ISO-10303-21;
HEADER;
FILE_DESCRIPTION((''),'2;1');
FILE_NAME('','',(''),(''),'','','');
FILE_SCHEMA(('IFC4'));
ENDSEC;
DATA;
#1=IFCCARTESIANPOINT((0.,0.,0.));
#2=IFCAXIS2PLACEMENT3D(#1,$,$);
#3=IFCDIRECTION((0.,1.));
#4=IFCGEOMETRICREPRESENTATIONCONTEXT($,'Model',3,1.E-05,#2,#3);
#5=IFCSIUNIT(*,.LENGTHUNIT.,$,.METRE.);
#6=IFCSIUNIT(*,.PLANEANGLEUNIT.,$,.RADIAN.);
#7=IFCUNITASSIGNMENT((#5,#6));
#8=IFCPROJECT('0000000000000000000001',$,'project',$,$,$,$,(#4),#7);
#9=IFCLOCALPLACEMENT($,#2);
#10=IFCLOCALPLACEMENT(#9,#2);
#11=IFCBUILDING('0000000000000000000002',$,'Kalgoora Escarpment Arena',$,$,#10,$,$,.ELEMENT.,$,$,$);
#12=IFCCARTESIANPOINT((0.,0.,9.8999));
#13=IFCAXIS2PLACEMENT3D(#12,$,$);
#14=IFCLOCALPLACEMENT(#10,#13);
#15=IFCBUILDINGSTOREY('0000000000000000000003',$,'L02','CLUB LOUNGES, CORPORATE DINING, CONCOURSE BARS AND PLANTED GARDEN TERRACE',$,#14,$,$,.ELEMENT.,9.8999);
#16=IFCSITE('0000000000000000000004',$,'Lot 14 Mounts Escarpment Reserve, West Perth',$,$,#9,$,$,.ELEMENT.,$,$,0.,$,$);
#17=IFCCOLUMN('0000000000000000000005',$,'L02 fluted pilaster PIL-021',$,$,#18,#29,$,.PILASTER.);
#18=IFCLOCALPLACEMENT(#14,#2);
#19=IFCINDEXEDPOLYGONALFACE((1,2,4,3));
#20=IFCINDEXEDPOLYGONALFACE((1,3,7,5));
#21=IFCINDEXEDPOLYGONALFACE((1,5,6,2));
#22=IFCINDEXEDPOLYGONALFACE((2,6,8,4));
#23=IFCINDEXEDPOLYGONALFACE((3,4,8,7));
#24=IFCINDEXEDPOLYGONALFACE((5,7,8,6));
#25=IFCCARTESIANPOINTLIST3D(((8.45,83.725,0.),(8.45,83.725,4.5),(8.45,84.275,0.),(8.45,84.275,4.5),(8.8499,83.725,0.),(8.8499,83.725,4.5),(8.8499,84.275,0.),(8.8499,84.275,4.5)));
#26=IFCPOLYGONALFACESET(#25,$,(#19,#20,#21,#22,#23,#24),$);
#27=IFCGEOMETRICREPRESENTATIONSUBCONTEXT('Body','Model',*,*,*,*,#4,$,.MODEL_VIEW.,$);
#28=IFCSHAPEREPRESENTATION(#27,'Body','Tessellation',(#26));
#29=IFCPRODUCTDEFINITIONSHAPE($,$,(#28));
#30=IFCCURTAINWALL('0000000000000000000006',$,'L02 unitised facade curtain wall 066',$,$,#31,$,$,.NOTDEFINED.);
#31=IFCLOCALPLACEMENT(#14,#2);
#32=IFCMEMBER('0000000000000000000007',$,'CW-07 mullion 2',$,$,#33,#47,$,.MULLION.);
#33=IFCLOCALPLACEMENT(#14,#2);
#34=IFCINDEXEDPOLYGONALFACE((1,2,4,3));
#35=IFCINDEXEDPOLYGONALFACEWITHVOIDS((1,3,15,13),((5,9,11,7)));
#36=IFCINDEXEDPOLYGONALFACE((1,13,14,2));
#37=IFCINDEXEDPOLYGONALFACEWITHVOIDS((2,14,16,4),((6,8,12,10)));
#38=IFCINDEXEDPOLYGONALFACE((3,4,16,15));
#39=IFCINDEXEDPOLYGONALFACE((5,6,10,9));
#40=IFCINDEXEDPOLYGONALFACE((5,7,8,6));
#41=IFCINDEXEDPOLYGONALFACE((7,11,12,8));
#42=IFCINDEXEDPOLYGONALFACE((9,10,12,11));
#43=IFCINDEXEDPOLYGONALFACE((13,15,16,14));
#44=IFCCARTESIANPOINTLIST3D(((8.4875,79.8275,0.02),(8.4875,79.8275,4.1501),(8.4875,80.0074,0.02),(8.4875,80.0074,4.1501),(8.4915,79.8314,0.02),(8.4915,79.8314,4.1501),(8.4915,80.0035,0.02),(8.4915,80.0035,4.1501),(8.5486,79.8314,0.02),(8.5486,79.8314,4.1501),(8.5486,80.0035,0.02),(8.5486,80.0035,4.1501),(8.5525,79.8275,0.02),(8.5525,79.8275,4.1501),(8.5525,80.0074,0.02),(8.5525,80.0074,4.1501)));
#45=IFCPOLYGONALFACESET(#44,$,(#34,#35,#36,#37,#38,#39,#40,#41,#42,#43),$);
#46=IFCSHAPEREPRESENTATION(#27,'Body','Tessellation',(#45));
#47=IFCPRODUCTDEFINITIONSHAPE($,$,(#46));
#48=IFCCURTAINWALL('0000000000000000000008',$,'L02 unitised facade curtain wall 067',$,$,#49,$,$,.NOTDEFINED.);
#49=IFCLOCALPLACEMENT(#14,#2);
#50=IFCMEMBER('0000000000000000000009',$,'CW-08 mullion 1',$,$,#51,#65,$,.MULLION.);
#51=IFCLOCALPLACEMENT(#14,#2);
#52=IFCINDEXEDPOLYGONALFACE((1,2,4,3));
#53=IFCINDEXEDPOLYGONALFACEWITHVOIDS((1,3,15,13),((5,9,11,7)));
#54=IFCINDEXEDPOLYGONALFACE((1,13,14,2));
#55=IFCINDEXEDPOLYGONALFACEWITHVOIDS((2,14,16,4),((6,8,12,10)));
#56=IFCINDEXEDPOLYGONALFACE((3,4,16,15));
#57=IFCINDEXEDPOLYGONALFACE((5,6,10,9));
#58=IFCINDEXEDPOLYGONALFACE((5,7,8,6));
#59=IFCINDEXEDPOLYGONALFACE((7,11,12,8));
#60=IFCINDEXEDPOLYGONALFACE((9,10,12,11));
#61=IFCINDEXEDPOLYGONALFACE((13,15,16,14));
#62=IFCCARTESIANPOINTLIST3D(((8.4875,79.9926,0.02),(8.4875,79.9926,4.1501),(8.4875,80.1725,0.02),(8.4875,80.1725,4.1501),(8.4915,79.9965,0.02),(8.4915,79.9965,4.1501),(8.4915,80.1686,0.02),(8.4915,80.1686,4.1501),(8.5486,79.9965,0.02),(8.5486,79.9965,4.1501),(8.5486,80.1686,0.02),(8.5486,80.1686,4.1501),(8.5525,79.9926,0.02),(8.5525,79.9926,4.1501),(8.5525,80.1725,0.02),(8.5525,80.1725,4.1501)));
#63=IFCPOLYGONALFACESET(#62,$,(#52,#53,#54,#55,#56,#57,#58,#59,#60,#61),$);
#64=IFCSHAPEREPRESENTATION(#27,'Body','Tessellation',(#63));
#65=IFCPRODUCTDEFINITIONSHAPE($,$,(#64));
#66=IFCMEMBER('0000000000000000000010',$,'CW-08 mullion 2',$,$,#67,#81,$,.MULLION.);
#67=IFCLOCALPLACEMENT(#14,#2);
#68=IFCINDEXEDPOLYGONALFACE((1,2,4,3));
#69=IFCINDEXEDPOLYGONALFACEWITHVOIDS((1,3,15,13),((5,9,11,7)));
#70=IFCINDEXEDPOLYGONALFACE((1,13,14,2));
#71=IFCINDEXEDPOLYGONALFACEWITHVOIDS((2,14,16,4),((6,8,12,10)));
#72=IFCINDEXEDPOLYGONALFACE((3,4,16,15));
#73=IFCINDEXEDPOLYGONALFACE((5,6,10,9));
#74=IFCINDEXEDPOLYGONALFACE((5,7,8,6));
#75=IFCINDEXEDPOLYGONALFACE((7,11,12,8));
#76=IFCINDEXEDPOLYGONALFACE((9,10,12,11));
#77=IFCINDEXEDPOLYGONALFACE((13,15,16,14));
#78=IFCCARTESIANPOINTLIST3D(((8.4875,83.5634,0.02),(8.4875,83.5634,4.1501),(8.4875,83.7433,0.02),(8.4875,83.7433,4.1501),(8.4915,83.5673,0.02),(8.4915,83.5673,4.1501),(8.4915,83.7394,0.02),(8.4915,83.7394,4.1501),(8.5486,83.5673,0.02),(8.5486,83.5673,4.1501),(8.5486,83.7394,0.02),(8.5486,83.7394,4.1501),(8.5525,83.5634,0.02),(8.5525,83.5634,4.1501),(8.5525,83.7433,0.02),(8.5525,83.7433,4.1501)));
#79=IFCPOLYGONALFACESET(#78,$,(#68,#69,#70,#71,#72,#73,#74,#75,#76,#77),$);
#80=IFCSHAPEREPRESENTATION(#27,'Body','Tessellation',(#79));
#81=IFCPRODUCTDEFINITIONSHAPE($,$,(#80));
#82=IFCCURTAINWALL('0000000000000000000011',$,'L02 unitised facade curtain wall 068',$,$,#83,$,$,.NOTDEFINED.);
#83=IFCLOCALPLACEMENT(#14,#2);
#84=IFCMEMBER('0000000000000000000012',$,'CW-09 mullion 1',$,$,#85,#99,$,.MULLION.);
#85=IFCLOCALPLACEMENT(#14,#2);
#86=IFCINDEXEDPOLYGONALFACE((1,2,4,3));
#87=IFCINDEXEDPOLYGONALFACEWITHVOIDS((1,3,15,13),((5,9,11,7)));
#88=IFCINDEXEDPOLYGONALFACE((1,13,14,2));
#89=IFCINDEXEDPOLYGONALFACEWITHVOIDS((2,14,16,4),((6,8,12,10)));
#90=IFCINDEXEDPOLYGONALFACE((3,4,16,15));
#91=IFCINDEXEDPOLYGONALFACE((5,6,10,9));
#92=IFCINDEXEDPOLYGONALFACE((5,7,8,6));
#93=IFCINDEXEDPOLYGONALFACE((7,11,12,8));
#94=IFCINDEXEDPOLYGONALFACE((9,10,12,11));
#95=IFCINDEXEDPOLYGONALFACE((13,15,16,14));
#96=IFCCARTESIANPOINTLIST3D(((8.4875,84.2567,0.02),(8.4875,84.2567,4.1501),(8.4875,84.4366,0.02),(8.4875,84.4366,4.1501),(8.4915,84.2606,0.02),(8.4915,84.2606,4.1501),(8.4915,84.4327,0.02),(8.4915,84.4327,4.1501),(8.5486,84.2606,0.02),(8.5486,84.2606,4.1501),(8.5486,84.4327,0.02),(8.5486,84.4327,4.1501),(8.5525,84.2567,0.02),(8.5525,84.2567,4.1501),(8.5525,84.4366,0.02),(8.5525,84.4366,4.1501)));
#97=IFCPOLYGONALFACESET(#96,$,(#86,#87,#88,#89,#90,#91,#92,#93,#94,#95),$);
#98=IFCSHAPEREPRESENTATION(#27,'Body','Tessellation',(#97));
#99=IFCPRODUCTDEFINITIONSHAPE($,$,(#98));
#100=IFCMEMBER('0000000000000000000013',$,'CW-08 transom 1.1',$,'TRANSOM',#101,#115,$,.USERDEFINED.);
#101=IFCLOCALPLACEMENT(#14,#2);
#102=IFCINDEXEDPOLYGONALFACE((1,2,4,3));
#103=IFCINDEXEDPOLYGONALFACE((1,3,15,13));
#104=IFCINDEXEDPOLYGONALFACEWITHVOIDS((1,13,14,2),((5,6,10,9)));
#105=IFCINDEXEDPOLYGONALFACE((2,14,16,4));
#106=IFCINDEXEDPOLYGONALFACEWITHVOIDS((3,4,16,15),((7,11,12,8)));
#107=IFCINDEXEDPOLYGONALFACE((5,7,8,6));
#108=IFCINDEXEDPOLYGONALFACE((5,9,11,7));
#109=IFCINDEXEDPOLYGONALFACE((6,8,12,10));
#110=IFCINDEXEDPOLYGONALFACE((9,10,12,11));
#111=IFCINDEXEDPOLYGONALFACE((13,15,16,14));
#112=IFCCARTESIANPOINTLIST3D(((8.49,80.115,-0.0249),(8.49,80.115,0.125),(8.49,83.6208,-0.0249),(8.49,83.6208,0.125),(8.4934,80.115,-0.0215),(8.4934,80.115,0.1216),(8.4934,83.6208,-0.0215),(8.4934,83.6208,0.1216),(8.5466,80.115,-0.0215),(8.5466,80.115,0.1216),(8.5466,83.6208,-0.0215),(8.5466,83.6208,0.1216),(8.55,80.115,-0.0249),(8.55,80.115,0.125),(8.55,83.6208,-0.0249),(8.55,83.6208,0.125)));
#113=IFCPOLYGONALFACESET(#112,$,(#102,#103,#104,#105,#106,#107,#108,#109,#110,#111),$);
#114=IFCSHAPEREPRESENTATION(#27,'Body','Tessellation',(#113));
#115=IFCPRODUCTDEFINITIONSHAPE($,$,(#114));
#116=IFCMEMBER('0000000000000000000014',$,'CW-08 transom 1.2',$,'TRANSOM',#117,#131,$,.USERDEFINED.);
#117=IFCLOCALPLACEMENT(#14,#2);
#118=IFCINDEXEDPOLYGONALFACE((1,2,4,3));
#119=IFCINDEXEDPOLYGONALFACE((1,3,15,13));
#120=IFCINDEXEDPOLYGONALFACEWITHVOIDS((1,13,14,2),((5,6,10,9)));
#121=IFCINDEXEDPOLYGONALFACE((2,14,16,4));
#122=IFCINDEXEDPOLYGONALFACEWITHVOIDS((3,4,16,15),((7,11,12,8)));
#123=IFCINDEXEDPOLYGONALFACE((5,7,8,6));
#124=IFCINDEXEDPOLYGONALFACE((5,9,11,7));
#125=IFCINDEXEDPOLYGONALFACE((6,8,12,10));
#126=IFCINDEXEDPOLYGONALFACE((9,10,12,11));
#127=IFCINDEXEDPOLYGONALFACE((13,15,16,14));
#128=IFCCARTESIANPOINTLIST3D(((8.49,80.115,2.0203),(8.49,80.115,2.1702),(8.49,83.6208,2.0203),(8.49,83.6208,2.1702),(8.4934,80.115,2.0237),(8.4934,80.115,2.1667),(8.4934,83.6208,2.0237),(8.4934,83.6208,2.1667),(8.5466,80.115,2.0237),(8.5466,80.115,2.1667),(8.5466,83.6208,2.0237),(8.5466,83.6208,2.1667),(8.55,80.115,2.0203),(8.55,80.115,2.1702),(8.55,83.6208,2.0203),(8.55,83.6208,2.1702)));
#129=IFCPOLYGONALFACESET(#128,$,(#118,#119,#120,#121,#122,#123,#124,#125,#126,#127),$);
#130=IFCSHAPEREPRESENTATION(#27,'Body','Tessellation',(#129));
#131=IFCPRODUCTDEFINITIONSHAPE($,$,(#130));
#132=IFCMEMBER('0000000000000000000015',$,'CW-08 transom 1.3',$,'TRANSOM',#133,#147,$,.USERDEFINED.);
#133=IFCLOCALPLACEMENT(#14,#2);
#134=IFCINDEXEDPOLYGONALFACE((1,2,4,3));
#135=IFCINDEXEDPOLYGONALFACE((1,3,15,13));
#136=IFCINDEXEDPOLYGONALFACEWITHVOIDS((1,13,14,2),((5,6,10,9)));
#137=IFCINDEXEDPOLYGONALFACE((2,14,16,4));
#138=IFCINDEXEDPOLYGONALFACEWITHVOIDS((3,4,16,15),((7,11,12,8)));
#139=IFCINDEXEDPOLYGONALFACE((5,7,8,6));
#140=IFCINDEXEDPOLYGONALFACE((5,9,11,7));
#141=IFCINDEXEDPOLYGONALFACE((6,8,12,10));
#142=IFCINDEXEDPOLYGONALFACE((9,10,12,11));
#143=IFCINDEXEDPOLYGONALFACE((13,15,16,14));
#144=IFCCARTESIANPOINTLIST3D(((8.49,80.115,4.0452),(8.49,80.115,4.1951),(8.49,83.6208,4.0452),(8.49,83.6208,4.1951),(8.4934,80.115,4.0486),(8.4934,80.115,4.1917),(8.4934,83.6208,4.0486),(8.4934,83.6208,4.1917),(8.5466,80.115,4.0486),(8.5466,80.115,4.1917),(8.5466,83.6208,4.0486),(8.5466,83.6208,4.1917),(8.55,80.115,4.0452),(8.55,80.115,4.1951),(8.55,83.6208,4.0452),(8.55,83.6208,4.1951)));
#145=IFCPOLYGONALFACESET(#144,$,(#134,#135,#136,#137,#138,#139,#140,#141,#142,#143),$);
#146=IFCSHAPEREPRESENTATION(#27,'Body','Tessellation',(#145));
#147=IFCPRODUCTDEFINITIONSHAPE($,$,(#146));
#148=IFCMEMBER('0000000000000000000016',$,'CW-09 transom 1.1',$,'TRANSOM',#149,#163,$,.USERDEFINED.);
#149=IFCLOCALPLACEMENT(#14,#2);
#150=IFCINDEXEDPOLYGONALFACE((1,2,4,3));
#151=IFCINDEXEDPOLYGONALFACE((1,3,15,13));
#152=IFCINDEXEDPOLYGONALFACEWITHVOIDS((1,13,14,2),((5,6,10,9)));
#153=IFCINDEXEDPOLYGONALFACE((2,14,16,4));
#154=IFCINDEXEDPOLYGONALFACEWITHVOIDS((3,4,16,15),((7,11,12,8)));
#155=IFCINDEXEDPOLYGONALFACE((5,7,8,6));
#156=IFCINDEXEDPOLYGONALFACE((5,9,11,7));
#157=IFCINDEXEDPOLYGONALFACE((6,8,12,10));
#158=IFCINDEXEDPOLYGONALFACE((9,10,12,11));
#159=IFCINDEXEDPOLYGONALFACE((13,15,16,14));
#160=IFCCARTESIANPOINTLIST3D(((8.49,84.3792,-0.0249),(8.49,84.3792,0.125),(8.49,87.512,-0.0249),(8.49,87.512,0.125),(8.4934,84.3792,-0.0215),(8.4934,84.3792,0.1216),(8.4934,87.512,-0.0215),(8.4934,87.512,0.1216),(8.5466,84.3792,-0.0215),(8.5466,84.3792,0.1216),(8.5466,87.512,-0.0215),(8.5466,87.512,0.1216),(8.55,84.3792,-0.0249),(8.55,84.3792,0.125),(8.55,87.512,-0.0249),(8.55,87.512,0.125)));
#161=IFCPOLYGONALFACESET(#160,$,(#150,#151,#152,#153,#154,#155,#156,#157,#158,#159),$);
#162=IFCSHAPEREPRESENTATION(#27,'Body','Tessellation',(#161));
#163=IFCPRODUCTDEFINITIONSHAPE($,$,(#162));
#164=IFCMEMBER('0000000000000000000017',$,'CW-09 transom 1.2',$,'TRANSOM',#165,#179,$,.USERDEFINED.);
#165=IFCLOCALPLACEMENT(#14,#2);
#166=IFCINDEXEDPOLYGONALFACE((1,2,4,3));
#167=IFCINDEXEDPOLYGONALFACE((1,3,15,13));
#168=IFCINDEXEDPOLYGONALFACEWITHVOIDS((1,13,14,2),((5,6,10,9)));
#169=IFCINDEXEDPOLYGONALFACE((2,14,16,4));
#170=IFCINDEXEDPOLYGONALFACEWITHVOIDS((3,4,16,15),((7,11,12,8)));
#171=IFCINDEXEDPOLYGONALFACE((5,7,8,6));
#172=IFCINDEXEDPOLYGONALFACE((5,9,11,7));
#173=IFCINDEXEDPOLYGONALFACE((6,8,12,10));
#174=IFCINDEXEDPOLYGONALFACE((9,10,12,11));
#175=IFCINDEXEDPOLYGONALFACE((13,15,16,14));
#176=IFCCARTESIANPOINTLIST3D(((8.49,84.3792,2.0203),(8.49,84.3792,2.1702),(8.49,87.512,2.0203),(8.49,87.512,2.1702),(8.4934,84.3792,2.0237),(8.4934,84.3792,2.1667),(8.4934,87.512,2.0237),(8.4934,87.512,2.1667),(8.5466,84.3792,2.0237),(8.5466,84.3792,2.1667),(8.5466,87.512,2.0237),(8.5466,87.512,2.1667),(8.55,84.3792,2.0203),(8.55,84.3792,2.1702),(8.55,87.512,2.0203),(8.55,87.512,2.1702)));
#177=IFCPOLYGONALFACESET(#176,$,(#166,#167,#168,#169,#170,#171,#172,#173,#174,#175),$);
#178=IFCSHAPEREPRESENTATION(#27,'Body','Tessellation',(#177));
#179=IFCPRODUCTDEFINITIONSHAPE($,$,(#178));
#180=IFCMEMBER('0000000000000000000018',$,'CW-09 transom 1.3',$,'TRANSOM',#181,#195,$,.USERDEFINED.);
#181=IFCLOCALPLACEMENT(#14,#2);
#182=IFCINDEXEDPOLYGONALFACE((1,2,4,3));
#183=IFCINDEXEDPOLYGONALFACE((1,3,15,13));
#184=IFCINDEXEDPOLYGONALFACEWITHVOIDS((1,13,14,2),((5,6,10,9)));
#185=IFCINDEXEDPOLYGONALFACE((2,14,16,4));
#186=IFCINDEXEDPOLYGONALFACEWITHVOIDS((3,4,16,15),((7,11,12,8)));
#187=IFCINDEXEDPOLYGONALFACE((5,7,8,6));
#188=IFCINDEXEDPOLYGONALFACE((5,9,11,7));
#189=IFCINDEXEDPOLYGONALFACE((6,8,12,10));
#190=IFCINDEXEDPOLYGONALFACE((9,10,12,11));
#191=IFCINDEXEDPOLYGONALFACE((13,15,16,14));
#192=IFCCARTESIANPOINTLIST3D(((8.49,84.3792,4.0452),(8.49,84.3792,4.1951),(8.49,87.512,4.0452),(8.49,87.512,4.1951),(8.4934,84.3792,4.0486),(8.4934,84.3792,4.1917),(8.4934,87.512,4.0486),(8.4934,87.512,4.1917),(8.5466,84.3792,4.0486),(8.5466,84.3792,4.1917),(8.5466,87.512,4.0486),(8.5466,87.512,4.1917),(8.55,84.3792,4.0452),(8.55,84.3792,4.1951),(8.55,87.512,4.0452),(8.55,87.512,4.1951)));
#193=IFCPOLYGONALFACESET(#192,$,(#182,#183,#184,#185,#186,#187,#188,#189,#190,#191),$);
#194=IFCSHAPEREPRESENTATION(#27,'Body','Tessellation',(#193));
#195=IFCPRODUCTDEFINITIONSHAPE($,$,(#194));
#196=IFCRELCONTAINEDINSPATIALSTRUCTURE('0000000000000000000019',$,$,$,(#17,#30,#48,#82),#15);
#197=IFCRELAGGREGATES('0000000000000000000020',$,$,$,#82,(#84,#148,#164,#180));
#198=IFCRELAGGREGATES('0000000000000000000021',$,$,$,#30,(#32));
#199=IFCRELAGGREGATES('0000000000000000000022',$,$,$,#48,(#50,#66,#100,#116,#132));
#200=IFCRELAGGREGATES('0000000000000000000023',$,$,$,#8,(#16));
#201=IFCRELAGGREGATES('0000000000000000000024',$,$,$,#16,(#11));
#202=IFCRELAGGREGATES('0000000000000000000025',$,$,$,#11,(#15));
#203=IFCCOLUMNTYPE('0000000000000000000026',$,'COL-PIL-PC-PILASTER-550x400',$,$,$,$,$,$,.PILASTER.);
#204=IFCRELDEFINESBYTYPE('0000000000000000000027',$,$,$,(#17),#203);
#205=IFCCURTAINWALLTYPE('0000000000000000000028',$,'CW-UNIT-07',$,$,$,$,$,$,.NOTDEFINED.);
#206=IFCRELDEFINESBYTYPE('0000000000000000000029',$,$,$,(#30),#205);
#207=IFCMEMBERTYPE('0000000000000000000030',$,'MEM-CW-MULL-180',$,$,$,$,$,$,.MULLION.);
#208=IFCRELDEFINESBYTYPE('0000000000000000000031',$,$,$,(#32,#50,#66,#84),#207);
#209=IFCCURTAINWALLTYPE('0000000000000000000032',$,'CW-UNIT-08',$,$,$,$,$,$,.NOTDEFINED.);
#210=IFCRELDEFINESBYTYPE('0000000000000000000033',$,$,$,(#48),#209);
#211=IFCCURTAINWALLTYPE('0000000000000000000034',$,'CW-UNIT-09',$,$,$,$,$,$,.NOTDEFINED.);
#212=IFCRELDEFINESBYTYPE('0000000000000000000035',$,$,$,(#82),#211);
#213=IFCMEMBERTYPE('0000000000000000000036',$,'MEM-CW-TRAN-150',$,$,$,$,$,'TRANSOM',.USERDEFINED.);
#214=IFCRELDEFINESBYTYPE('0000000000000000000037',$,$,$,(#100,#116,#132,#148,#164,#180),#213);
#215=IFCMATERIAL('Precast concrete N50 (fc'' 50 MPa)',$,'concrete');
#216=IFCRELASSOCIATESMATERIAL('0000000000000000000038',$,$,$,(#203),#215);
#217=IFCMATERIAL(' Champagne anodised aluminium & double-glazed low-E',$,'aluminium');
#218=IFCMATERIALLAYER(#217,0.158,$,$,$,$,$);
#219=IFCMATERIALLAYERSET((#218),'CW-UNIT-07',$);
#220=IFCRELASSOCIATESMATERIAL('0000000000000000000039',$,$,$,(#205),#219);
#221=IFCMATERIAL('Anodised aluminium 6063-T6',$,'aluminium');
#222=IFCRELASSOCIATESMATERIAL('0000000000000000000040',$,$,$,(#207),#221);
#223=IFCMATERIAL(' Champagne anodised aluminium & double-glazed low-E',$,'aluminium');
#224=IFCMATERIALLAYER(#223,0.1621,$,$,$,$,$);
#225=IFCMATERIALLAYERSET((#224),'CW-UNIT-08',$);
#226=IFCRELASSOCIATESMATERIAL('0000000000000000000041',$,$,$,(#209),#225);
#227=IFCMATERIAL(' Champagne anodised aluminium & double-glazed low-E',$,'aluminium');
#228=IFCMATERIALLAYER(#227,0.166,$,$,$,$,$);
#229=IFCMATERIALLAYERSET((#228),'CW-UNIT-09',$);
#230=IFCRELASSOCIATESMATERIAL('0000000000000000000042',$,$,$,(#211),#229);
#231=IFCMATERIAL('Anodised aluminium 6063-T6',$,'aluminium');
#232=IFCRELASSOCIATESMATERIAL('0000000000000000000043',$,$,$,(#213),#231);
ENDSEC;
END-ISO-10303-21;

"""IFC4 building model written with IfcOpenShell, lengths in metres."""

from ifc_helpers import new_model, si_unit, direction, frame, origin, origin_2d, place, context, subcontext, project, spatial, rectangle, hollow_rectangle, extrude, material, layer, layer_set, material_profile, profile_set, type_object, element, aggregate, save


model = new_model("IFC4")

# Units and contexts
model_context = context("Model", 3, precision=1e-05, world=origin(), true_north=direction((0.0, 1.0)))
body_context = subcontext(model_context, "Body", "Model", "MODEL_VIEW")
ifc_project = project(units=[si_unit("LENGTHUNIT", "METRE"), si_unit("PLANEANGLEUNIT", "RADIAN")], contexts=[model_context])

# Site, building, storey
site_placement = place(None, origin())
site = spatial("IfcSite", under=ifc_project, at=site_placement, Name="Lot 14 Mounts Escarpment Reserve, West Perth", CompositionType="ELEMENT", RefElevation=0.0)
building_placement = place(site_placement, origin())
building = spatial("IfcBuilding", under=site, at=building_placement, Name="Kalgoora Escarpment Arena", CompositionType="ELEMENT")
storey_placement = place(building_placement, frame((0.0, 0.0, 9.8999)))
storey = spatial("IfcBuildingStorey", under=building, at=storey_placement, Name="L02", Description="CLUB LOUNGES, CORPORATE DINING, CONCOURSE BARS AND PLANTED GARDEN TERRACE", CompositionType="ELEMENT", Elevation=9.8999)

# Column
ifc_material_1 = material(Name="Precast concrete N50 (fc' 50 MPa)", Category="concrete")
ifc_material_profile_1 = material_profile(ifc_material_1, rectangle(XDim=0.3999, YDim=0.55, at=origin_2d()))
ifc_profile_set_1 = profile_set([ifc_material_profile_1], Name="Precast concrete N50 (fc' 50 MPa)")
column_type = type_object("IfcColumnType", Name="COL-PIL-PC-PILASTER-550x400", PredefinedType="PILASTER", material=ifc_profile_set_1)
column_placement = place(storey_placement, frame((8.6499, 84.0, 0.0), z_axis=(0.0, 0.0, 1.0), x_axis=(1.0, 0.0, 0.0)))
element("IfcColumn", 1, at=column_placement, inside=storey, type_object=column_type, Name="L02 fluted pilaster PIL-021", PredefinedType="PILASTER", context=body_context, shape_type="SweptSolid", body=[
    extrude(rectangle(XDim=0.3999, YDim=0.55, at=origin_2d()), origin(), (0.0, 0.0, 1.0), 4.5),
])

# Curtain wall, member
ifc_material_2 = material(Name=" Champagne anodised aluminium & double-glazed low-E", Category="aluminium")
ifc_layer_1 = layer(ifc_material_2, 0.158)
ifc_layer_set_1 = layer_set([ifc_layer_1], Name="CW-UNIT-07")
curtain_wall_type_1 = type_object("IfcCurtainWallType", Name="CW-UNIT-07", PredefinedType="NOTDEFINED", material=ifc_layer_set_1)
curtain_wall_1_placement = place(storey_placement, origin())
curtain_wall_1 = element("IfcCurtainWall", 2, at=curtain_wall_1_placement, inside=storey, type_object=curtain_wall_type_1, Name="L02 unitised facade curtain wall 066", PredefinedType="NOTDEFINED")
ifc_material_3 = material(Name="Anodised aluminium 6063-T6", Category="aluminium")
ifc_material_profile_2 = material_profile(ifc_material_3, hollow_rectangle(XDim=0.0649, YDim=0.1799, WallThickness=0.0039, at=origin_2d()))
ifc_profile_set_2 = profile_set([ifc_material_profile_2], Name="Anodised aluminium 6063-T6")
member_type_1 = type_object("IfcMemberType", Name="MEM-CW-MULL-180", PredefinedType="MULLION", material=ifc_profile_set_2)
member_1_placement = place(storey_placement, frame((8.52, 79.9175, 0.02), z_axis=(0.0, 0.0, 1.0), x_axis=(-1.0, 0.0, 0.0)))
member_1 = element("IfcMember", 3, at=member_1_placement, type_object=member_type_1, Name="CW-07 mullion 2", PredefinedType="MULLION", context=body_context, shape_type="SweptSolid", body=[
    extrude(hollow_rectangle(XDim=0.0649, YDim=0.1799, WallThickness=0.0039, at=origin_2d()), origin(), (0.0, 0.0, 1.0), 4.1301),
])

# Curtain wall, members
ifc_material_4 = material(Name=" Champagne anodised aluminium & double-glazed low-E", Category="aluminium")
ifc_layer_2 = layer(ifc_material_4, 0.1621)
ifc_layer_set_2 = layer_set([ifc_layer_2], Name="CW-UNIT-08")
curtain_wall_type_2 = type_object("IfcCurtainWallType", Name="CW-UNIT-08", PredefinedType="NOTDEFINED", material=ifc_layer_set_2)
curtain_wall_2_placement = place(storey_placement, origin())
curtain_wall_2 = element("IfcCurtainWall", 4, at=curtain_wall_2_placement, inside=storey, type_object=curtain_wall_type_2, Name="L02 unitised facade curtain wall 067", PredefinedType="NOTDEFINED")
member_2_placement = place(storey_placement, frame((8.52, 80.0825, 0.02), z_axis=(0.0, 0.0, 1.0), x_axis=(-1.0, 0.0, 0.0)))
member_2 = element("IfcMember", 5, at=member_2_placement, type_object=member_type_1, Name="CW-08 mullion 1", PredefinedType="MULLION", context=body_context, shape_type="SweptSolid", body=[
    extrude(hollow_rectangle(XDim=0.0649, YDim=0.1799, WallThickness=0.0039, at=origin_2d()), origin(), (0.0, 0.0, 1.0), 4.1301),
])
member_3_placement = place(storey_placement, frame((8.52, 83.6533, 0.02), z_axis=(0.0, 0.0, 1.0), x_axis=(-1.0, 0.0, 0.0)))
member_3 = element("IfcMember", 6, at=member_3_placement, type_object=member_type_1, Name="CW-08 mullion 2", PredefinedType="MULLION", context=body_context, shape_type="SweptSolid", body=[
    extrude(hollow_rectangle(XDim=0.0649, YDim=0.1799, WallThickness=0.0039, at=origin_2d()), origin(), (0.0, 0.0, 1.0), 4.1301),
])

# Curtain wall, member
ifc_material_5 = material(Name=" Champagne anodised aluminium & double-glazed low-E", Category="aluminium")
ifc_layer_3 = layer(ifc_material_5, 0.166)
ifc_layer_set_3 = layer_set([ifc_layer_3], Name="CW-UNIT-09")
curtain_wall_type_3 = type_object("IfcCurtainWallType", Name="CW-UNIT-09", PredefinedType="NOTDEFINED", material=ifc_layer_set_3)
curtain_wall_3_placement = place(storey_placement, origin())
curtain_wall_3 = element("IfcCurtainWall", 7, at=curtain_wall_3_placement, inside=storey, type_object=curtain_wall_type_3, Name="L02 unitised facade curtain wall 068", PredefinedType="NOTDEFINED")
member_4_placement = place(storey_placement, frame((8.52, 84.3467, 0.02), z_axis=(0.0, 0.0, 1.0), x_axis=(-1.0, 0.0, 0.0)))
member_4 = element("IfcMember", 8, at=member_4_placement, type_object=member_type_1, Name="CW-09 mullion 1", PredefinedType="MULLION", context=body_context, shape_type="SweptSolid", body=[
    extrude(hollow_rectangle(XDim=0.0649, YDim=0.1799, WallThickness=0.0039, at=origin_2d()), origin(), (0.0, 0.0, 1.0), 4.1301),
])

# Members
ifc_material_6 = material(Name="Anodised aluminium 6063-T6", Category="aluminium")
ifc_material_profile_3 = material_profile(ifc_material_6, hollow_rectangle(XDim=0.0601, YDim=0.1499, WallThickness=0.0034, at=origin_2d()))
ifc_profile_set_3 = profile_set([ifc_material_profile_3], Name="Anodised aluminium 6063-T6")
member_type_2 = type_object("IfcMemberType", Name="MEM-CW-TRAN-150", ElementType="TRANSOM", PredefinedType="USERDEFINED", material=ifc_profile_set_3)
member_5_placement = place(storey_placement, frame((8.52, 80.115, 0.05), z_axis=(0.0, 1.0, 0.0), x_axis=(-1.0, 0.0, 0.0)))
member_5 = element("IfcMember", 9, at=member_5_placement, type_object=member_type_2, Name="CW-08 transom 1.1", ObjectType="TRANSOM", PredefinedType="USERDEFINED", context=body_context, shape_type="SweptSolid", body=[
    extrude(hollow_rectangle(XDim=0.0601, YDim=0.1499, WallThickness=0.0034, at=origin_2d()), origin(), (0.0, 0.0, 1.0), 3.5059),
])
member_6_placement = place(storey_placement, frame((8.52, 80.115, 2.0952), z_axis=(0.0, 1.0, 0.0), x_axis=(-1.0, 0.0, 0.0)))
member_6 = element("IfcMember", 10, at=member_6_placement, type_object=member_type_2, Name="CW-08 transom 1.2", ObjectType="TRANSOM", PredefinedType="USERDEFINED", context=body_context, shape_type="SweptSolid", body=[
    extrude(hollow_rectangle(XDim=0.0601, YDim=0.1499, WallThickness=0.0034, at=origin_2d()), origin(), (0.0, 0.0, 1.0), 3.5059),
])
member_7_placement = place(storey_placement, frame((8.52, 80.115, 4.1201), z_axis=(0.0, 1.0, 0.0), x_axis=(-1.0, 0.0, 0.0)))
member_7 = element("IfcMember", 11, at=member_7_placement, type_object=member_type_2, Name="CW-08 transom 1.3", ObjectType="TRANSOM", PredefinedType="USERDEFINED", context=body_context, shape_type="SweptSolid", body=[
    extrude(hollow_rectangle(XDim=0.0601, YDim=0.1499, WallThickness=0.0034, at=origin_2d()), origin(), (0.0, 0.0, 1.0), 3.5059),
])
member_8_placement = place(storey_placement, frame((8.52, 84.3792, 0.05), z_axis=(0.0, 1.0, 0.0), x_axis=(-1.0, 0.0, 0.0)))
member_8 = element("IfcMember", 12, at=member_8_placement, type_object=member_type_2, Name="CW-09 transom 1.1", ObjectType="TRANSOM", PredefinedType="USERDEFINED", context=body_context, shape_type="SweptSolid", body=[
    extrude(hollow_rectangle(XDim=0.0601, YDim=0.1499, WallThickness=0.0034, at=origin_2d()), origin(), (0.0, 0.0, 1.0), 3.1328),
])
member_9_placement = place(storey_placement, frame((8.52, 84.3792, 2.0952), z_axis=(0.0, 1.0, 0.0), x_axis=(-1.0, 0.0, 0.0)))
member_9 = element("IfcMember", 13, at=member_9_placement, type_object=member_type_2, Name="CW-09 transom 1.2", ObjectType="TRANSOM", PredefinedType="USERDEFINED", context=body_context, shape_type="SweptSolid", body=[
    extrude(hollow_rectangle(XDim=0.0601, YDim=0.1499, WallThickness=0.0034, at=origin_2d()), origin(), (0.0, 0.0, 1.0), 3.1328),
])
member_10_placement = place(storey_placement, frame((8.52, 84.3792, 4.1201), z_axis=(0.0, 1.0, 0.0), x_axis=(-1.0, 0.0, 0.0)))
member_10 = element("IfcMember", 14, at=member_10_placement, type_object=member_type_2, Name="CW-09 transom 1.3", ObjectType="TRANSOM", PredefinedType="USERDEFINED", context=body_context, shape_type="SweptSolid", body=[
    extrude(hollow_rectangle(XDim=0.0601, YDim=0.1499, WallThickness=0.0034, at=origin_2d()), origin(), (0.0, 0.0, 1.0), 3.1328),
])
aggregate(curtain_wall_3, [member_4, member_8, member_9, member_10])

aggregate(curtain_wall_1, [member_1])
aggregate(curtain_wall_2, [member_2, member_3, member_5, member_6, member_7])

save(model, "model.ifc")
